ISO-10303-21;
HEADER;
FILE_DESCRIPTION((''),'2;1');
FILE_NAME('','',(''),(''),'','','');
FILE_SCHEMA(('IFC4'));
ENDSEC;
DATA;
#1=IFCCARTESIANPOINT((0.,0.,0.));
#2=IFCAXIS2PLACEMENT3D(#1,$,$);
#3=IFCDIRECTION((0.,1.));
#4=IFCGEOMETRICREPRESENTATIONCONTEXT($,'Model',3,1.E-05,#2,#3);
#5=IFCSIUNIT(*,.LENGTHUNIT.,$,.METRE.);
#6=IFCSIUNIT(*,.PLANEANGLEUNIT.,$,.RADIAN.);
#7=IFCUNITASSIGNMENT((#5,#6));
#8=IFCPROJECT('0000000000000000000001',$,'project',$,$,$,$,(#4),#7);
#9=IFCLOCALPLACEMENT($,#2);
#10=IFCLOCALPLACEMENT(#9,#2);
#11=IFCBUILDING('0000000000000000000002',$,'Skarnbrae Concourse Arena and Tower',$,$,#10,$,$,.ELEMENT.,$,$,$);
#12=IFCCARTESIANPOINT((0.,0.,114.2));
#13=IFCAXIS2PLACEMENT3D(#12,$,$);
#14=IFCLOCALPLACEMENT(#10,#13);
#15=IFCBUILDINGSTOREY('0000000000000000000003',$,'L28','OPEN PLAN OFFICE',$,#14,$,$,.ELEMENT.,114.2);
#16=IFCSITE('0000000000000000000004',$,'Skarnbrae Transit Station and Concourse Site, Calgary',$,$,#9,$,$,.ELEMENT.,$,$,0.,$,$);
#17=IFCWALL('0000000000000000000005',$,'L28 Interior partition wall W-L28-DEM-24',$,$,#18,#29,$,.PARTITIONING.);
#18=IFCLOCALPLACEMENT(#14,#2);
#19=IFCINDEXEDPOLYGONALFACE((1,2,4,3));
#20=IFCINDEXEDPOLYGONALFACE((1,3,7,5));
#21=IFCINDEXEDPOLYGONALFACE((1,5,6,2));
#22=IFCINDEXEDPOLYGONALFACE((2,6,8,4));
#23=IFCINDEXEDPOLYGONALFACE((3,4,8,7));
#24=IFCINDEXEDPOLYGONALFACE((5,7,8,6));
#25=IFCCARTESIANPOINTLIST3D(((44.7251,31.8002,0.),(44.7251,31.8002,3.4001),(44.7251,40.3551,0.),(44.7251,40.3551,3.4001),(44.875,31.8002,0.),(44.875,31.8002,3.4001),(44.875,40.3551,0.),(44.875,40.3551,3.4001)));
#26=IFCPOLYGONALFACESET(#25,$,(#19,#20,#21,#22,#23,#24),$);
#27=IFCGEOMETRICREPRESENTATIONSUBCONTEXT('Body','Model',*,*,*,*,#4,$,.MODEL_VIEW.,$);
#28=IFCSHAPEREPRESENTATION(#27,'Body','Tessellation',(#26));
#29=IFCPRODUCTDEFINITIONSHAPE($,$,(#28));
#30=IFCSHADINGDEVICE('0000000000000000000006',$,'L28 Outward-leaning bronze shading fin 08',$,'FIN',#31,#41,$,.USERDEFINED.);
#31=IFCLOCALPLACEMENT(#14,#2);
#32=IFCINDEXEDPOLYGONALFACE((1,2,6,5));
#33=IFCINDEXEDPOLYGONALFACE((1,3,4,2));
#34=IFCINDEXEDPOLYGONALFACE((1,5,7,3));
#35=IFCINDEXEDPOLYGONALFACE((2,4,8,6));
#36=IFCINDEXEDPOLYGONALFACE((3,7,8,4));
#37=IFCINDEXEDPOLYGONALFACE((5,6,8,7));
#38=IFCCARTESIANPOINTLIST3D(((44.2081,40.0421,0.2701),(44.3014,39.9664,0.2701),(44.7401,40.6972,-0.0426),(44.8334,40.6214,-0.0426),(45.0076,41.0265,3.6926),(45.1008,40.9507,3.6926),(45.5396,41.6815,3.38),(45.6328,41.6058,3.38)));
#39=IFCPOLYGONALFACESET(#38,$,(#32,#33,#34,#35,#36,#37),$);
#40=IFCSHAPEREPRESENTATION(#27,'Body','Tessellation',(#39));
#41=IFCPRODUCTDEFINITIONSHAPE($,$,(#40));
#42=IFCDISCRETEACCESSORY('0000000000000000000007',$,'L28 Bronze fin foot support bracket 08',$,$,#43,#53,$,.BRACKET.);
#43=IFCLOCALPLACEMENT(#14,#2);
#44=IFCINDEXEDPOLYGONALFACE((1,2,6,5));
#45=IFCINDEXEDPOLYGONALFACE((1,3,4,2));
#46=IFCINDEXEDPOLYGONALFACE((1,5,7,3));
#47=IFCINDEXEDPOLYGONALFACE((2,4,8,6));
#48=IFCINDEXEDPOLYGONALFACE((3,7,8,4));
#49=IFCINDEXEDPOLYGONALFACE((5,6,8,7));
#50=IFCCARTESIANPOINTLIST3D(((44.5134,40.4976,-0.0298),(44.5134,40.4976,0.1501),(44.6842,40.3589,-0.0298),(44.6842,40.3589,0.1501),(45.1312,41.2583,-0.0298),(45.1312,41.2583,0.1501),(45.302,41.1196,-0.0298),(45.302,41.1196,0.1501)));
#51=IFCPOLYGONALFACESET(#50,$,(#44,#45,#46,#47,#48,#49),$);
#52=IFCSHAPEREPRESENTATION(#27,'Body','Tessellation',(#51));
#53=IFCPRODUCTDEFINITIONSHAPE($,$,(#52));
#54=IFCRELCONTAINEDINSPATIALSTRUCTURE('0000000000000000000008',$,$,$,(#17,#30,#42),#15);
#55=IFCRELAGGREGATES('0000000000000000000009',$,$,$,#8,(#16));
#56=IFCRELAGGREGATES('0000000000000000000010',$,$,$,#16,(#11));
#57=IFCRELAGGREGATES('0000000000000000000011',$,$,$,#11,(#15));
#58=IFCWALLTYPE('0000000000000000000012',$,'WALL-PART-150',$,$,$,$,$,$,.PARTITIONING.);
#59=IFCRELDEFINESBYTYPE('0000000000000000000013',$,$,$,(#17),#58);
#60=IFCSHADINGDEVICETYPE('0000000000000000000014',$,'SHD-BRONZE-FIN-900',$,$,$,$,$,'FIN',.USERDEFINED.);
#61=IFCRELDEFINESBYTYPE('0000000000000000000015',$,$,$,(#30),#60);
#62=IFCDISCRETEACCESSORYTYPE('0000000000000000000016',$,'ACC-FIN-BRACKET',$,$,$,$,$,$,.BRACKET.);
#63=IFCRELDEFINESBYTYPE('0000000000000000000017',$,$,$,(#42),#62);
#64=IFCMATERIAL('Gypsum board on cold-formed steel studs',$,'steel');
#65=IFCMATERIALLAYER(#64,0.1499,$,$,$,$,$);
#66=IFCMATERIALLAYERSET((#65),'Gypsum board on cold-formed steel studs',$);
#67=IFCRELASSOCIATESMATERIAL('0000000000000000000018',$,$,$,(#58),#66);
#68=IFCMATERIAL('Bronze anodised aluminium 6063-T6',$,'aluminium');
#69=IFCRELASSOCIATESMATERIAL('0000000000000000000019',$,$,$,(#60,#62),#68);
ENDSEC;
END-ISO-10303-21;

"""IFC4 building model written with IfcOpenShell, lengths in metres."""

from ifc_helpers import new_model, si_unit, direction, frame, frame_2d, origin, origin_2d, place, context, subcontext, project, spatial, rectangle, extrude, source, transform, mapped, material, layer, layer_set, type_object, element, save


model = new_model("IFC4")

# Units and contexts
model_context = context("Model", 3, precision=1e-05, world=origin(), true_north=direction((0.0, 1.0)))
body_context = subcontext(model_context, "Body", "Model", "MODEL_VIEW")
ifc_project = project(units=[si_unit("LENGTHUNIT", "METRE"), si_unit("PLANEANGLEUNIT", "RADIAN")], contexts=[model_context])

# Site, building, storey
site_placement = place(None, origin())
site = spatial("IfcSite", under=ifc_project, at=site_placement, Name="Skarnbrae Transit Station and Concourse Site, Calgary", CompositionType="ELEMENT", RefElevation=0.0)
building_placement = place(site_placement, origin())
building = spatial("IfcBuilding", under=site, at=building_placement, Name="Skarnbrae Concourse Arena and Tower", CompositionType="ELEMENT")
storey_placement = place(building_placement, frame((0.0, 0.0, 114.2)))
storey = spatial("IfcBuildingStorey", under=building, at=storey_placement, Name="L28", Description="OPEN PLAN OFFICE", CompositionType="ELEMENT", Elevation=114.2)

# Shared definitions
ifc_material_1 = material(Name="Bronze anodised aluminium 6063-T6", Category="aluminium")

# Wall
ifc_material_2 = material(Name="Gypsum board on cold-formed steel studs", Category="steel")
ifc_layer_1 = layer(ifc_material_2, 0.1499)
ifc_layer_set_1 = layer_set([ifc_layer_1], Name="Gypsum board on cold-formed steel studs")
wall_type_1 = type_object("IfcWallType", Name="WALL-PART-150", PredefinedType="PARTITIONING", material=ifc_layer_set_1)
shared_shape_1 = source(origin(), body_context, "Body", "SweptSolid", [
    extrude(rectangle(XDim=8.5549, YDim=0.1499, at=frame_2d((4.2773, 0.0))), origin(), (0.0, 0.0, 1.0), 3.4001),
])
wall_1_placement = place(storey_placement, frame((44.8, 40.355, 0.0), z_axis=(0.0, 0.0, 1.0), x_axis=(0.0, -1.0, 0.0)))
element("IfcWall", 1, at=wall_1_placement, inside=storey, type_object=wall_type_1, Name="L28 Interior partition wall W-L28-DEM-24", PredefinedType="PARTITIONING", context=body_context, shape_type="MappedRepresentation", body=[
    mapped(shared_shape_1, transform((0.0, 0.0, 0.0))),
])

# Shading device
shading_device_type = type_object("IfcShadingDeviceType", Name="SHD-BRONZE-FIN-900", ElementType="FIN", PredefinedType="USERDEFINED", material=ifc_material_1)
shared_shape_2 = source(origin(), body_context, "Body", "SweptSolid", [
    extrude(rectangle(XDim=0.1201, YDim=0.8999, at=origin_2d()), origin(), (0.0, 0.0, 1.0), 3.6499),
])
shading_device_placement = place(storey_placement, frame((44.5208, 40.3318, 0.1138), z_axis=(0.219029, 0.269688, 0.937707), x_axis=(0.776245, -0.630432, 0.0)))
element("IfcShadingDevice", 2, at=shading_device_placement, inside=storey, type_object=shading_device_type, Name="L28 Outward-leaning bronze shading fin 08", ObjectType="FIN", PredefinedType="USERDEFINED", context=body_context, shape_type="MappedRepresentation", body=[
    mapped(shared_shape_2, transform((0.0, 0.0, 0.0))),
])

# Discrete accessory
discrete_accessory_type = type_object("IfcDiscreteAccessoryType", Name="ACC-FIN-BRACKET", PredefinedType="BRACKET", material=ifc_material_1)
shared_shape_3 = source(origin(), body_context, "Body", "SweptSolid", [
    extrude(rectangle(XDim=0.22, YDim=0.98, at=origin_2d()), origin(), (0.0, 0.0, 1.0), 0.1799),
])
discrete_accessory_placement = place(storey_placement, frame((44.9077, 40.8086, -0.0298), z_axis=(0.0, 0.0, 1.0), x_axis=(0.776245, -0.630432, 0.0)))
element("IfcDiscreteAccessory", 3, at=discrete_accessory_placement, inside=storey, type_object=discrete_accessory_type, Name="L28 Bronze fin foot support bracket 08", PredefinedType="BRACKET", context=body_context, shape_type="MappedRepresentation", body=[
    mapped(shared_shape_3, transform((0.0, 0.0, 0.0))),
])

save(model, "model.ifc")
